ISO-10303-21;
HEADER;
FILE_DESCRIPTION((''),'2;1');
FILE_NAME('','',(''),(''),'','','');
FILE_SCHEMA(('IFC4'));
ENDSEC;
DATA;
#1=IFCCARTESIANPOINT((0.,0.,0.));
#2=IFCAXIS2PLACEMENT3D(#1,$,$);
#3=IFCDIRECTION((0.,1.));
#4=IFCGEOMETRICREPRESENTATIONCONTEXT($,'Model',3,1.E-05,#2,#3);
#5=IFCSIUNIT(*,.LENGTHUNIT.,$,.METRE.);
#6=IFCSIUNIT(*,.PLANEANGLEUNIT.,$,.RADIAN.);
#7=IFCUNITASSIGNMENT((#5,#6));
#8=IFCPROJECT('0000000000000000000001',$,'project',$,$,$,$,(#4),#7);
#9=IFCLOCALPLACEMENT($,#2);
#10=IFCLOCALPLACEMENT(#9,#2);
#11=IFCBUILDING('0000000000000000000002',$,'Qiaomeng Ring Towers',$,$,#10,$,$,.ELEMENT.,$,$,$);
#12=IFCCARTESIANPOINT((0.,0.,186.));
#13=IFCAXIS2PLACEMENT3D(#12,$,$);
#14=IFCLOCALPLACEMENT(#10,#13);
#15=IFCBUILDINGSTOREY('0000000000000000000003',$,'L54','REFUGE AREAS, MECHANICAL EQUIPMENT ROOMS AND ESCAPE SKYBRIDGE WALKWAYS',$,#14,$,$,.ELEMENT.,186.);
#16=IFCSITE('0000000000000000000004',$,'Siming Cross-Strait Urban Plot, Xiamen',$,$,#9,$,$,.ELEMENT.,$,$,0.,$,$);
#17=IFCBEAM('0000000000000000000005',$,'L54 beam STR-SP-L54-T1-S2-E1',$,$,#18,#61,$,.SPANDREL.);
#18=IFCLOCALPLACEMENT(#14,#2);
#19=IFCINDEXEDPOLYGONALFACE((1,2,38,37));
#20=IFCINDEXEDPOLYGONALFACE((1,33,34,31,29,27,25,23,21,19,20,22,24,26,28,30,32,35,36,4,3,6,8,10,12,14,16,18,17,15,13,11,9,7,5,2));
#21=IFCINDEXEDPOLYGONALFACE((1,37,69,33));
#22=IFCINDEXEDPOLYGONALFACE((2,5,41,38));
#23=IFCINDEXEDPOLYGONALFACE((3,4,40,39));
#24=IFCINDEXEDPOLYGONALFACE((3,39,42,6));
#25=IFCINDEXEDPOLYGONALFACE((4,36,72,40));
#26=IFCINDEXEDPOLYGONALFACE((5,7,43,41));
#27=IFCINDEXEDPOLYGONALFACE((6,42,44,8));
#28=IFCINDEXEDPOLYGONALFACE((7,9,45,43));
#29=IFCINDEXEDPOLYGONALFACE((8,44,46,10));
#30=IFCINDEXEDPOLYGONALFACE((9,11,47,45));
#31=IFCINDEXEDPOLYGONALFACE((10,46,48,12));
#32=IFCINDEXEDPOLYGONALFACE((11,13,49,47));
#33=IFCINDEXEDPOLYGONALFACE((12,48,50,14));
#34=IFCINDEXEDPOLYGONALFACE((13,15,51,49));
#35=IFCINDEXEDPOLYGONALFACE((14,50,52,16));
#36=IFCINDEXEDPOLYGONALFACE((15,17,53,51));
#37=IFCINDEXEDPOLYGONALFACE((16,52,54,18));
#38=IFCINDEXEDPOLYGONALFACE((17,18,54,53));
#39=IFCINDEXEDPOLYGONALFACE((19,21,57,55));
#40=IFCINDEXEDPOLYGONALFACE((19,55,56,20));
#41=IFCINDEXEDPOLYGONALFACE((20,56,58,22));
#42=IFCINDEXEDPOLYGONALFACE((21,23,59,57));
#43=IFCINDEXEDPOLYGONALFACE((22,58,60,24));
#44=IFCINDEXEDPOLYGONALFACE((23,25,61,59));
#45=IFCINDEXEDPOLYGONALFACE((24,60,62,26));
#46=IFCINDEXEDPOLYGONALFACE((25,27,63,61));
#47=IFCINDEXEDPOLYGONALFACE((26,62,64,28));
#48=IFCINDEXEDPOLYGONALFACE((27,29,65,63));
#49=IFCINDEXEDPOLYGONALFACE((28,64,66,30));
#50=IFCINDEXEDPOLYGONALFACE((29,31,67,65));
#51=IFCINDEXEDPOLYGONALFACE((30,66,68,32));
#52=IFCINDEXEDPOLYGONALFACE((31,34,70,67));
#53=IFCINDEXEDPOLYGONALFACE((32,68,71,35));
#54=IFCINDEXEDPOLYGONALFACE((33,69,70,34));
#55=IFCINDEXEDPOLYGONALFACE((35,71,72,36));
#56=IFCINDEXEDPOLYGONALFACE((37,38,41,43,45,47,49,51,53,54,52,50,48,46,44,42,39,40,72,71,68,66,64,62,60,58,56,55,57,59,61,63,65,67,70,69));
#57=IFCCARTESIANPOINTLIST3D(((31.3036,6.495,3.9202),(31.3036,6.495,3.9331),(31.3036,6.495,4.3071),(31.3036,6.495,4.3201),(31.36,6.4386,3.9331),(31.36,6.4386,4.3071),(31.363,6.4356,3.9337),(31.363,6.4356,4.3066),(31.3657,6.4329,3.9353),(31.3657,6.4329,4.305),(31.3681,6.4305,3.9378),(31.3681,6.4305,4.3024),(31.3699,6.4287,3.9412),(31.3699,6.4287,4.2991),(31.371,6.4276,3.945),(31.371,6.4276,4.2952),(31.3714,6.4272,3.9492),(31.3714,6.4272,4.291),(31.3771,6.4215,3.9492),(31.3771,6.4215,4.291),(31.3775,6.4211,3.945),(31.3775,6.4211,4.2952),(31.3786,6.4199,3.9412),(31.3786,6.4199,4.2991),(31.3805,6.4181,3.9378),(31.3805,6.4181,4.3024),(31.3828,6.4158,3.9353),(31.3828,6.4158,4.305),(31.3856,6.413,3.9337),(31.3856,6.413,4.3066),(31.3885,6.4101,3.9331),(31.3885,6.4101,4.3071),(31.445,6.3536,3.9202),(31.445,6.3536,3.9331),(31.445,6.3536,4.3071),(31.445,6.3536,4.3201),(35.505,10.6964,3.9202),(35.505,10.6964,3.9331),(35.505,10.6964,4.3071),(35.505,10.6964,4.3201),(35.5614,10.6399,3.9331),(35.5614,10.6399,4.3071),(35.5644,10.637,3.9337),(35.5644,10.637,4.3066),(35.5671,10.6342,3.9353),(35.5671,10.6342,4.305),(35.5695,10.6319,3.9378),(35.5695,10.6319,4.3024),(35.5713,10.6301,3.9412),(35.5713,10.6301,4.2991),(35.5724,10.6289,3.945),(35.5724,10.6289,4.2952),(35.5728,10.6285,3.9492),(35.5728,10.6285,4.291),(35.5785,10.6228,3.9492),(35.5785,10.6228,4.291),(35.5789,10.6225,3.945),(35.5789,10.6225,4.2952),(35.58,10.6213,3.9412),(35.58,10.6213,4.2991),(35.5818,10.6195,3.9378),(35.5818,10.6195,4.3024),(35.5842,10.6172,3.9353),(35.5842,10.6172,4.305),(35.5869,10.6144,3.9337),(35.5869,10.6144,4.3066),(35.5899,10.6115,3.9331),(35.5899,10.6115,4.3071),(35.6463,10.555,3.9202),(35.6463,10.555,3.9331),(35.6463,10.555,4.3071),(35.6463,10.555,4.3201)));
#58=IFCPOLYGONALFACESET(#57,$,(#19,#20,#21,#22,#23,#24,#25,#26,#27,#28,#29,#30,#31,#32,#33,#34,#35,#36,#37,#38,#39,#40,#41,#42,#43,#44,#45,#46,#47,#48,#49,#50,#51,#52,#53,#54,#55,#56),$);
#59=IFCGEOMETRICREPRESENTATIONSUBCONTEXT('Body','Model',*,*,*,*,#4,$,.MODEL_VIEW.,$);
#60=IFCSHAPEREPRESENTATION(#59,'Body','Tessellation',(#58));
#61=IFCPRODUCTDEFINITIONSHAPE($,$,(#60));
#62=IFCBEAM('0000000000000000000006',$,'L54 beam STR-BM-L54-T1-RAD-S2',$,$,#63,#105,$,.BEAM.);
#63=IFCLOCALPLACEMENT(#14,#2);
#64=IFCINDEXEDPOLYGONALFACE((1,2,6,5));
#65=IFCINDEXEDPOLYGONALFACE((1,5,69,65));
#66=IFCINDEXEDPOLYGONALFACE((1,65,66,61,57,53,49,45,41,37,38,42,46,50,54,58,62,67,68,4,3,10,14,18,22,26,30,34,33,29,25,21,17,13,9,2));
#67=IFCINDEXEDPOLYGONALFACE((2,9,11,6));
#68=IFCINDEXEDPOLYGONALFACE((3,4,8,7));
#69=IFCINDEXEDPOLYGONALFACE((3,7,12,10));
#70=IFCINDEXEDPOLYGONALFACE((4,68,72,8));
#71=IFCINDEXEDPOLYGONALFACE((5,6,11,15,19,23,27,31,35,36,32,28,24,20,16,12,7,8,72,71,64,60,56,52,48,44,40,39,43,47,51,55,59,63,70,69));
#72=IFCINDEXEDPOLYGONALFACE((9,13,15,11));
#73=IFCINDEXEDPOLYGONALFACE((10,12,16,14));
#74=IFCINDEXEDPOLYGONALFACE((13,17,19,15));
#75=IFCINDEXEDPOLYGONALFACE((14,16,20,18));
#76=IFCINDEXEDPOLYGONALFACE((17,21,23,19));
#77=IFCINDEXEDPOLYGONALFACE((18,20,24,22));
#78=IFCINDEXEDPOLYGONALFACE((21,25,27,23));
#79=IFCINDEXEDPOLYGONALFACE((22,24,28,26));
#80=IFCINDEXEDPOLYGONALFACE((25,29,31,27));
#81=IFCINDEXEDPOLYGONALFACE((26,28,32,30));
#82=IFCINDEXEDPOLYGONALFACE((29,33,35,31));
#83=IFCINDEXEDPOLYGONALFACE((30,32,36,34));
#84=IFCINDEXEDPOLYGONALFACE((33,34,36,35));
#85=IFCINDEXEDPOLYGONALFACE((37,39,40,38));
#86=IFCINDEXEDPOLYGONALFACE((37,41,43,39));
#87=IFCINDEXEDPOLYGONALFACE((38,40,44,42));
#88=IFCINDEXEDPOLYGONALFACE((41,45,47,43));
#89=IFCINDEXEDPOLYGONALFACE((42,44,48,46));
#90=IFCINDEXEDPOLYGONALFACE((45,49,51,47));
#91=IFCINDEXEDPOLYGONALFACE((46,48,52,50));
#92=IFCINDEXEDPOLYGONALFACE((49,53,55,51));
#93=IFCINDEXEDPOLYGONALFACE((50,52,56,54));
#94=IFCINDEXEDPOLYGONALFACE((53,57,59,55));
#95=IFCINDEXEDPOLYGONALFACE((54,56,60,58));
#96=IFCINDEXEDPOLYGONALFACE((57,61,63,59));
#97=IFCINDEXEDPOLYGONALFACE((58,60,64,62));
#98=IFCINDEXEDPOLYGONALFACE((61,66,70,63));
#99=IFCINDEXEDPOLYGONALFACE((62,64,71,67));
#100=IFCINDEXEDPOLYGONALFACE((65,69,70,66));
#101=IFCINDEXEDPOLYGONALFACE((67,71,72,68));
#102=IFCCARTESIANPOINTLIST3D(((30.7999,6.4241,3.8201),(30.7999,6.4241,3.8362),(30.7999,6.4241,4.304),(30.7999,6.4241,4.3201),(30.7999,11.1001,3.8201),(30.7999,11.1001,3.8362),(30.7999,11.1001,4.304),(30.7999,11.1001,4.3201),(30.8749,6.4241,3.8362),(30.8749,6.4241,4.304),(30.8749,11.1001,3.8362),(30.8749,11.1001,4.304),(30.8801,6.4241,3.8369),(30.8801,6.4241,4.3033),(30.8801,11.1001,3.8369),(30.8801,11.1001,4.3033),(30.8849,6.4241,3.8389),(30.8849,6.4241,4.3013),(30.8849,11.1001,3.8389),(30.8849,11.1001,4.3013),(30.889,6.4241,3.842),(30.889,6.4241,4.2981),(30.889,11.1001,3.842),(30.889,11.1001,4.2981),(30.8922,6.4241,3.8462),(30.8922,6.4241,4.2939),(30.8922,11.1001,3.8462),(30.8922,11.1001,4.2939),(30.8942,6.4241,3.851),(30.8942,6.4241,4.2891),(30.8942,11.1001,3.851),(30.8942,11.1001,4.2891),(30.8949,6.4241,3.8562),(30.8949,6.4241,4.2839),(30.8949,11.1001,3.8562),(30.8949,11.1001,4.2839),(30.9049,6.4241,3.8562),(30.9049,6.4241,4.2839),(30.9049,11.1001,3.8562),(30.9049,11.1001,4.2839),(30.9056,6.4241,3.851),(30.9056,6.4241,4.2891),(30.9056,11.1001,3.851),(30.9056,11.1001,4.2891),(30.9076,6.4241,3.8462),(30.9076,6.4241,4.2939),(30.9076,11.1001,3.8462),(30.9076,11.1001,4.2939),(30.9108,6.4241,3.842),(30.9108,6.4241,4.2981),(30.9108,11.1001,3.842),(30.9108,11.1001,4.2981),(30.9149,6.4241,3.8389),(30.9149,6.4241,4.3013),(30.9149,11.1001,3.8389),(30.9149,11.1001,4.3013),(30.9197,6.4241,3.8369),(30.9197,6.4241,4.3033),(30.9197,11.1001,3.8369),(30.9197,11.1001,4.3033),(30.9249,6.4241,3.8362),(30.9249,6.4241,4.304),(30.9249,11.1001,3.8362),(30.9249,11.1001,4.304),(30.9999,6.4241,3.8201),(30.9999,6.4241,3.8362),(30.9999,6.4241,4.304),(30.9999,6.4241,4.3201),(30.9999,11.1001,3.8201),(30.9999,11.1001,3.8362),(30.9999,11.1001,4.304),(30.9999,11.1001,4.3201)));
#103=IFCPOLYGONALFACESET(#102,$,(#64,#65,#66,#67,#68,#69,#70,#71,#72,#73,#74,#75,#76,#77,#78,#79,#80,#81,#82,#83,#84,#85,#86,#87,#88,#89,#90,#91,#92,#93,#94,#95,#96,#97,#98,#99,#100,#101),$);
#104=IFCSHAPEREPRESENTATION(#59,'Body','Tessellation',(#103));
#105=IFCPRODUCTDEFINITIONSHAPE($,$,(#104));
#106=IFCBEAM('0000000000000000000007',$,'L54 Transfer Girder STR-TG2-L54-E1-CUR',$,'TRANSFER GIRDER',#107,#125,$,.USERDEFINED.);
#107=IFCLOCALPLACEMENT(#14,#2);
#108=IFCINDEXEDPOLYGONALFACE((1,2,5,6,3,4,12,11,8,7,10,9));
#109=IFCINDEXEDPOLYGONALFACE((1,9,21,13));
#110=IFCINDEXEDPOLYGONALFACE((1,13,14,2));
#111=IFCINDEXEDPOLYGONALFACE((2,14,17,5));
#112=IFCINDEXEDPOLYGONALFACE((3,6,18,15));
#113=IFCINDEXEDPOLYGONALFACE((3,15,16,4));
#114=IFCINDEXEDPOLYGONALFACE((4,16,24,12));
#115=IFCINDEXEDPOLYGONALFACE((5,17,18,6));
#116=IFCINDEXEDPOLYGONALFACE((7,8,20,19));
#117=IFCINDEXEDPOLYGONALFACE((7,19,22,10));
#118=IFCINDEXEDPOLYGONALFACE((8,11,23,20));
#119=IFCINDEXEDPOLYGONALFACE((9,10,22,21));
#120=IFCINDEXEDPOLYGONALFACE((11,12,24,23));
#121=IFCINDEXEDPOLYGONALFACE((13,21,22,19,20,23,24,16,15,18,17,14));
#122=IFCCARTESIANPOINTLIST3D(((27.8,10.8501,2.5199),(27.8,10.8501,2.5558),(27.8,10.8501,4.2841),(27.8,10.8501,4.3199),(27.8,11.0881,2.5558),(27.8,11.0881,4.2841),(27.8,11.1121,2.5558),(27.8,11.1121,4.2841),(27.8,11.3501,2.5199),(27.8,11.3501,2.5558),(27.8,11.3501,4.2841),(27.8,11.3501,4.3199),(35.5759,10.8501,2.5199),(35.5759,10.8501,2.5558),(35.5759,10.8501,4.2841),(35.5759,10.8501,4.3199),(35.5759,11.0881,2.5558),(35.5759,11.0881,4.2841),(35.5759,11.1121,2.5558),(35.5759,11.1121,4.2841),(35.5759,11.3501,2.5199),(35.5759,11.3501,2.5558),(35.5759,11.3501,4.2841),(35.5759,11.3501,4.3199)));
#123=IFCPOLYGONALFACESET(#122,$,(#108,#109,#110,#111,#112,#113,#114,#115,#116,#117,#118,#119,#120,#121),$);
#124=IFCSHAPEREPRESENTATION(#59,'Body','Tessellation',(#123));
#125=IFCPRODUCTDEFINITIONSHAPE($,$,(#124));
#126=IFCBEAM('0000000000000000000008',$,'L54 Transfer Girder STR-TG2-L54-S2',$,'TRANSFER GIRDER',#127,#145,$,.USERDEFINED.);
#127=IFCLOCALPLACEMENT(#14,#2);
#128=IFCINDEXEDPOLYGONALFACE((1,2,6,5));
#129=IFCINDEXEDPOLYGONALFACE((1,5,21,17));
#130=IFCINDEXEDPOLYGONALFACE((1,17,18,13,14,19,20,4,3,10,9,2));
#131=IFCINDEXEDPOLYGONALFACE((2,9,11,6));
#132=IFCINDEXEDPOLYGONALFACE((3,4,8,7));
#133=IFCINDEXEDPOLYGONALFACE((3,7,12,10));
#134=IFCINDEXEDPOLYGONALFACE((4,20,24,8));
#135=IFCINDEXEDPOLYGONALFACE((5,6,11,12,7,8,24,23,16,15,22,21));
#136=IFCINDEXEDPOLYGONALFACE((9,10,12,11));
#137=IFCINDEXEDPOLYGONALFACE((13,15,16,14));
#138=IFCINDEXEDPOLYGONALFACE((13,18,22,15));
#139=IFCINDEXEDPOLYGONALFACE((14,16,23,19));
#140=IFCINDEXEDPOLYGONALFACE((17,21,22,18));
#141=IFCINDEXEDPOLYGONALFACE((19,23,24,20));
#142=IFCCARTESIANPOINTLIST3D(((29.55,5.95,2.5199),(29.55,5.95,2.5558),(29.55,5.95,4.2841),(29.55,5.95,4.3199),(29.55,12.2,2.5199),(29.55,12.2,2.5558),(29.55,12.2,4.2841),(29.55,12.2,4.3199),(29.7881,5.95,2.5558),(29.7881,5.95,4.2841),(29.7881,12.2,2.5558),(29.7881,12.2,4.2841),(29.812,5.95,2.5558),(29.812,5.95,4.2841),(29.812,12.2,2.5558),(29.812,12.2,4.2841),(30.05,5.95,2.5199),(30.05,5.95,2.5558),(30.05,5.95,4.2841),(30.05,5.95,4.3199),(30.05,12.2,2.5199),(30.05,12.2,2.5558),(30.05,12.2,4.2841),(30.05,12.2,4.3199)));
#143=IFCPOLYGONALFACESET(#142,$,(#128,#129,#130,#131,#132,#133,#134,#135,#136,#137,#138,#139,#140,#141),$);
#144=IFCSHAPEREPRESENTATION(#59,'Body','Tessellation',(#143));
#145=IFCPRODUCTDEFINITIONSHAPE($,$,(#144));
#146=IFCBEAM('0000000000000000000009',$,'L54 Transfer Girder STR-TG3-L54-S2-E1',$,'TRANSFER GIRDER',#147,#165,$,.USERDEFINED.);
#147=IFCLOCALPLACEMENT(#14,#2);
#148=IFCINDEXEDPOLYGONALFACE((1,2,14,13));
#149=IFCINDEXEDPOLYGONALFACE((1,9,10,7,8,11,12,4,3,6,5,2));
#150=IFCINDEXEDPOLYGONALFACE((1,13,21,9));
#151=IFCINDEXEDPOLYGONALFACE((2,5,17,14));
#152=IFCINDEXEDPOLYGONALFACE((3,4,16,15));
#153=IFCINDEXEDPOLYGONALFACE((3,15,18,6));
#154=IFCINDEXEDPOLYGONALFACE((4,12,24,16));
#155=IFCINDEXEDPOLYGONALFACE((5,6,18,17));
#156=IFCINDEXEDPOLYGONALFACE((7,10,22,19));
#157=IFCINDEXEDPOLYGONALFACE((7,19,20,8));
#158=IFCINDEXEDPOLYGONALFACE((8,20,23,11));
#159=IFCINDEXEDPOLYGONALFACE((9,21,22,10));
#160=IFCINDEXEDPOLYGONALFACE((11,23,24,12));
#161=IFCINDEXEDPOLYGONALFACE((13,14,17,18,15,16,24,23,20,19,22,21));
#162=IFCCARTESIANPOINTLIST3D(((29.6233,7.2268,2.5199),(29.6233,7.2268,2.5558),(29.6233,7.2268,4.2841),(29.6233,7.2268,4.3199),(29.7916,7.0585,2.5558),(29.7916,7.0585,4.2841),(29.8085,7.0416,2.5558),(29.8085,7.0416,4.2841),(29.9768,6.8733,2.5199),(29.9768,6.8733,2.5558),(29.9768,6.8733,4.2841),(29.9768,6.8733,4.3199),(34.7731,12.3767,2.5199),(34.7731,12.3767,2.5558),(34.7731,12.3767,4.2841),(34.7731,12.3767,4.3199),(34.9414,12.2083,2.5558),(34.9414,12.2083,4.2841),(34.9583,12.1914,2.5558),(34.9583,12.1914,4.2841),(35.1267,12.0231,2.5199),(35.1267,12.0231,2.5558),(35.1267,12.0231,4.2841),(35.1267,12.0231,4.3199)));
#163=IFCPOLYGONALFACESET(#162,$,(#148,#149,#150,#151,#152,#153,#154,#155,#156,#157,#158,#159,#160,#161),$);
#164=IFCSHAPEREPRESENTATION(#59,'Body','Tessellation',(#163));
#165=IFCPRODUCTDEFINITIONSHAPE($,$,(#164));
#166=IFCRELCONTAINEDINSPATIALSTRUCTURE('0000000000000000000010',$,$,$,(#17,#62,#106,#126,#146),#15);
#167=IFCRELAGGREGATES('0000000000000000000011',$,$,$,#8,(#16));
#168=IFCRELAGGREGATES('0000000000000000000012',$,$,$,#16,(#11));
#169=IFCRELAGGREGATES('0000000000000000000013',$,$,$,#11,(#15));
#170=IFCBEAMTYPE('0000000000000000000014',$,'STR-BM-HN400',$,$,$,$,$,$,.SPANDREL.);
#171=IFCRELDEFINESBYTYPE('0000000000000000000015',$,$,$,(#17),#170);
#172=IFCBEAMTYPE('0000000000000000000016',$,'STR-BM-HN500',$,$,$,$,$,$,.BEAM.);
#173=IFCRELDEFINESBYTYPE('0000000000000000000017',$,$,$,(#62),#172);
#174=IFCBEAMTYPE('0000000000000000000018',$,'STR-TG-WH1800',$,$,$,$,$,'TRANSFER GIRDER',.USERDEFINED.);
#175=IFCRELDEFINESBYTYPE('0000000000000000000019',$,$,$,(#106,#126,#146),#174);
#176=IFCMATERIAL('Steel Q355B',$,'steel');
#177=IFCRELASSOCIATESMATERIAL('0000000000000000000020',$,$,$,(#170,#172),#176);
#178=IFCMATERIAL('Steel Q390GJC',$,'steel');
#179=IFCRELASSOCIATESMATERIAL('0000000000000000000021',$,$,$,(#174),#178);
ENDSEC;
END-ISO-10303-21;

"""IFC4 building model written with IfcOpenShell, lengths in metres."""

from ifc_helpers import new_model, si_unit, direction, frame, origin, origin_2d, place, context, subcontext, project, spatial, i_section, extrude, source, transform, mapped, material, material_profile, profile_set, type_object, element, save


model = new_model("IFC4")

# Units and contexts
model_context = context("Model", 3, precision=1e-05, world=origin(), true_north=direction((0.0, 1.0)))
body_context = subcontext(model_context, "Body", "Model", "MODEL_VIEW")
ifc_project = project(units=[si_unit("LENGTHUNIT", "METRE"), si_unit("PLANEANGLEUNIT", "RADIAN")], contexts=[model_context])

# Site, building, storey
site_placement = place(None, origin())
site = spatial("IfcSite", under=ifc_project, at=site_placement, Name="Siming Cross-Strait Urban Plot, Xiamen", CompositionType="ELEMENT", RefElevation=0.0)
building_placement = place(site_placement, origin())
building = spatial("IfcBuilding", under=site, at=building_placement, Name="Qiaomeng Ring Towers", CompositionType="ELEMENT")
storey_placement = place(building_placement, frame((0.0, 0.0, 186.0)))
storey = spatial("IfcBuildingStorey", under=building, at=storey_placement, Name="L54", Description="REFUGE AREAS, MECHANICAL EQUIPMENT ROOMS AND ESCAPE SKYBRIDGE WALKWAYS", CompositionType="ELEMENT", Elevation=186.0)

# Shared definitions
ifc_material_1 = material(Name="Steel Q355B", Category="steel")

# Shared definitions
ifc_material_2 = material(Name="Steel Q390GJC", Category="steel")

# Beams
ifc_material_profile_1 = material_profile(ifc_material_1, i_section(OverallWidth=0.2, OverallDepth=0.3999, WebThickness=0.0081, FlangeThickness=0.0129, FilletRadius=0.0161, at=origin_2d()), Name="HN 400x200x8x13")
ifc_profile_set_1 = profile_set([ifc_material_profile_1], Name="Steel Q355B")
beam_type_1 = type_object("IfcBeamType", Name="STR-BM-HN400", PredefinedType="SPANDREL", material=ifc_profile_set_1)
shared_shape_1 = source(origin(), body_context, "Body", "SweptSolid", [
    extrude(i_section(OverallWidth=0.2, OverallDepth=0.3999, WebThickness=0.0081, FlangeThickness=0.0129, FilletRadius=0.0161, at=origin_2d()), origin(), (0.0, 0.0, 1.0), 5.9417),
])
beam_1_placement = place(storey_placement, frame((31.3743, 6.4243, 4.1201), z_axis=(0.707107, 0.707107, 0.0), x_axis=(-0.707107, 0.707107, 0.0)))
element("IfcBeam", 1, at=beam_1_placement, inside=storey, type_object=beam_type_1, Name="L54 beam STR-SP-L54-T1-S2-E1", PredefinedType="SPANDREL", context=body_context, shape_type="MappedRepresentation", body=[
    mapped(shared_shape_1, transform((0.0, 0.0, 0.0), x_axis=(1.0, 0.0, 0.0), y_axis=(0.0, 1.0, 0.0), z_axis=(0.0, 0.0, 1.0), scale=1.0)),
])
ifc_material_profile_2 = material_profile(ifc_material_1, i_section(OverallWidth=0.2, OverallDepth=0.5, WebThickness=0.01, FlangeThickness=0.0161, FilletRadius=0.02, at=origin_2d()), Name="HN 500x200x10x16")
ifc_profile_set_2 = profile_set([ifc_material_profile_2], Name="Steel Q355B")
beam_type_2 = type_object("IfcBeamType", Name="STR-BM-HN500", PredefinedType="BEAM", material=ifc_profile_set_2)
shared_shape_2 = source(origin(), body_context, "Body", "SweptSolid", [
    extrude(i_section(OverallWidth=0.2, OverallDepth=0.5, WebThickness=0.01, FlangeThickness=0.0161, FilletRadius=0.02, at=origin_2d()), origin(), (0.0, 0.0, 1.0), 4.676),
])
beam_2_placement = place(storey_placement, frame((30.8999, 6.4241, 4.0701), z_axis=(0.0, 1.0, 0.0), x_axis=(-1.0, 0.0, 0.0)))
element("IfcBeam", 2, at=beam_2_placement, inside=storey, type_object=beam_type_2, Name="L54 beam STR-BM-L54-T1-RAD-S2", PredefinedType="BEAM", context=body_context, shape_type="MappedRepresentation", body=[
    mapped(shared_shape_2, transform((0.0, 0.0, 0.0), x_axis=(1.0, 0.0, 0.0), y_axis=(0.0, 1.0, 0.0), z_axis=(0.0, 0.0, 1.0), scale=1.0)),
])
ifc_material_profile_3 = material_profile(ifc_material_2, i_section(OverallWidth=0.5, OverallDepth=1.8, WebThickness=0.0239, FlangeThickness=0.0359, at=origin_2d()), Name="WH 1800x500x24x36")
ifc_profile_set_3 = profile_set([ifc_material_profile_3], Name="Steel Q390GJC")
beam_type_3 = type_object("IfcBeamType", Name="STR-TG-WH1800", ElementType="TRANSFER GIRDER", PredefinedType="USERDEFINED", material=ifc_profile_set_3)
shared_shape_3 = source(origin(), body_context, "Body", "SweptSolid", [
    extrude(i_section(OverallWidth=0.5, OverallDepth=1.8, WebThickness=0.0239, FlangeThickness=0.0359, at=origin_2d()), origin(), (0.0, 0.0, 1.0), 7.7759),
])
beam_3_placement = place(storey_placement, frame((27.8, 11.1001, 3.4199), z_axis=(1.0, 0.0, 0.0), x_axis=(0.0, 1.0, 0.0)))
element("IfcBeam", 3, at=beam_3_placement, inside=storey, type_object=beam_type_3, Name="L54 Transfer Girder STR-TG2-L54-E1-CUR", ObjectType="TRANSFER GIRDER", PredefinedType="USERDEFINED", context=body_context, shape_type="MappedRepresentation", body=[
    mapped(shared_shape_3, transform((0.0, 0.0, 0.0), x_axis=(1.0, 0.0, 0.0), y_axis=(0.0, 1.0, 0.0), z_axis=(0.0, 0.0, 1.0), scale=1.0)),
])
shared_shape_4 = source(origin(), body_context, "Body", "SweptSolid", [
    extrude(i_section(OverallWidth=0.5, OverallDepth=1.8, WebThickness=0.0239, FlangeThickness=0.0359, at=origin_2d()), origin(), (0.0, 0.0, 1.0), 6.25),
])
beam_4_placement = place(storey_placement, frame((29.8, 5.95, 3.4199), z_axis=(0.0, 1.0, 0.0), x_axis=(-1.0, 0.0, 0.0)))
element("IfcBeam", 4, at=beam_4_placement, inside=storey, type_object=beam_type_3, Name="L54 Transfer Girder STR-TG2-L54-S2", ObjectType="TRANSFER GIRDER", PredefinedType="USERDEFINED", context=body_context, shape_type="MappedRepresentation", body=[
    mapped(shared_shape_4, transform((0.0, 0.0, 0.0), x_axis=(1.0, 0.0, 0.0), y_axis=(0.0, 1.0, 0.0), z_axis=(0.0, 0.0, 1.0), scale=1.0)),
])
shared_shape_5 = source(origin(), body_context, "Body", "SweptSolid", [
    extrude(i_section(OverallWidth=0.5, OverallDepth=1.8, WebThickness=0.0239, FlangeThickness=0.0359, at=origin_2d()), origin(), (0.0, 0.0, 1.0), 7.283),
])
beam_5_placement = place(storey_placement, frame((29.8, 7.05, 3.4199), z_axis=(0.707107, 0.707107, 0.0), x_axis=(-0.707107, 0.707107, 0.0)))
element("IfcBeam", 5, at=beam_5_placement, inside=storey, type_object=beam_type_3, Name="L54 Transfer Girder STR-TG3-L54-S2-E1", ObjectType="TRANSFER GIRDER", PredefinedType="USERDEFINED", context=body_context, shape_type="MappedRepresentation", body=[
    mapped(shared_shape_5, transform((0.0, 0.0, 0.0), x_axis=(1.0, 0.0, 0.0), y_axis=(0.0, 1.0, 0.0), z_axis=(0.0, 0.0, 1.0), scale=1.0)),
])

save(model, "model.ifc")
